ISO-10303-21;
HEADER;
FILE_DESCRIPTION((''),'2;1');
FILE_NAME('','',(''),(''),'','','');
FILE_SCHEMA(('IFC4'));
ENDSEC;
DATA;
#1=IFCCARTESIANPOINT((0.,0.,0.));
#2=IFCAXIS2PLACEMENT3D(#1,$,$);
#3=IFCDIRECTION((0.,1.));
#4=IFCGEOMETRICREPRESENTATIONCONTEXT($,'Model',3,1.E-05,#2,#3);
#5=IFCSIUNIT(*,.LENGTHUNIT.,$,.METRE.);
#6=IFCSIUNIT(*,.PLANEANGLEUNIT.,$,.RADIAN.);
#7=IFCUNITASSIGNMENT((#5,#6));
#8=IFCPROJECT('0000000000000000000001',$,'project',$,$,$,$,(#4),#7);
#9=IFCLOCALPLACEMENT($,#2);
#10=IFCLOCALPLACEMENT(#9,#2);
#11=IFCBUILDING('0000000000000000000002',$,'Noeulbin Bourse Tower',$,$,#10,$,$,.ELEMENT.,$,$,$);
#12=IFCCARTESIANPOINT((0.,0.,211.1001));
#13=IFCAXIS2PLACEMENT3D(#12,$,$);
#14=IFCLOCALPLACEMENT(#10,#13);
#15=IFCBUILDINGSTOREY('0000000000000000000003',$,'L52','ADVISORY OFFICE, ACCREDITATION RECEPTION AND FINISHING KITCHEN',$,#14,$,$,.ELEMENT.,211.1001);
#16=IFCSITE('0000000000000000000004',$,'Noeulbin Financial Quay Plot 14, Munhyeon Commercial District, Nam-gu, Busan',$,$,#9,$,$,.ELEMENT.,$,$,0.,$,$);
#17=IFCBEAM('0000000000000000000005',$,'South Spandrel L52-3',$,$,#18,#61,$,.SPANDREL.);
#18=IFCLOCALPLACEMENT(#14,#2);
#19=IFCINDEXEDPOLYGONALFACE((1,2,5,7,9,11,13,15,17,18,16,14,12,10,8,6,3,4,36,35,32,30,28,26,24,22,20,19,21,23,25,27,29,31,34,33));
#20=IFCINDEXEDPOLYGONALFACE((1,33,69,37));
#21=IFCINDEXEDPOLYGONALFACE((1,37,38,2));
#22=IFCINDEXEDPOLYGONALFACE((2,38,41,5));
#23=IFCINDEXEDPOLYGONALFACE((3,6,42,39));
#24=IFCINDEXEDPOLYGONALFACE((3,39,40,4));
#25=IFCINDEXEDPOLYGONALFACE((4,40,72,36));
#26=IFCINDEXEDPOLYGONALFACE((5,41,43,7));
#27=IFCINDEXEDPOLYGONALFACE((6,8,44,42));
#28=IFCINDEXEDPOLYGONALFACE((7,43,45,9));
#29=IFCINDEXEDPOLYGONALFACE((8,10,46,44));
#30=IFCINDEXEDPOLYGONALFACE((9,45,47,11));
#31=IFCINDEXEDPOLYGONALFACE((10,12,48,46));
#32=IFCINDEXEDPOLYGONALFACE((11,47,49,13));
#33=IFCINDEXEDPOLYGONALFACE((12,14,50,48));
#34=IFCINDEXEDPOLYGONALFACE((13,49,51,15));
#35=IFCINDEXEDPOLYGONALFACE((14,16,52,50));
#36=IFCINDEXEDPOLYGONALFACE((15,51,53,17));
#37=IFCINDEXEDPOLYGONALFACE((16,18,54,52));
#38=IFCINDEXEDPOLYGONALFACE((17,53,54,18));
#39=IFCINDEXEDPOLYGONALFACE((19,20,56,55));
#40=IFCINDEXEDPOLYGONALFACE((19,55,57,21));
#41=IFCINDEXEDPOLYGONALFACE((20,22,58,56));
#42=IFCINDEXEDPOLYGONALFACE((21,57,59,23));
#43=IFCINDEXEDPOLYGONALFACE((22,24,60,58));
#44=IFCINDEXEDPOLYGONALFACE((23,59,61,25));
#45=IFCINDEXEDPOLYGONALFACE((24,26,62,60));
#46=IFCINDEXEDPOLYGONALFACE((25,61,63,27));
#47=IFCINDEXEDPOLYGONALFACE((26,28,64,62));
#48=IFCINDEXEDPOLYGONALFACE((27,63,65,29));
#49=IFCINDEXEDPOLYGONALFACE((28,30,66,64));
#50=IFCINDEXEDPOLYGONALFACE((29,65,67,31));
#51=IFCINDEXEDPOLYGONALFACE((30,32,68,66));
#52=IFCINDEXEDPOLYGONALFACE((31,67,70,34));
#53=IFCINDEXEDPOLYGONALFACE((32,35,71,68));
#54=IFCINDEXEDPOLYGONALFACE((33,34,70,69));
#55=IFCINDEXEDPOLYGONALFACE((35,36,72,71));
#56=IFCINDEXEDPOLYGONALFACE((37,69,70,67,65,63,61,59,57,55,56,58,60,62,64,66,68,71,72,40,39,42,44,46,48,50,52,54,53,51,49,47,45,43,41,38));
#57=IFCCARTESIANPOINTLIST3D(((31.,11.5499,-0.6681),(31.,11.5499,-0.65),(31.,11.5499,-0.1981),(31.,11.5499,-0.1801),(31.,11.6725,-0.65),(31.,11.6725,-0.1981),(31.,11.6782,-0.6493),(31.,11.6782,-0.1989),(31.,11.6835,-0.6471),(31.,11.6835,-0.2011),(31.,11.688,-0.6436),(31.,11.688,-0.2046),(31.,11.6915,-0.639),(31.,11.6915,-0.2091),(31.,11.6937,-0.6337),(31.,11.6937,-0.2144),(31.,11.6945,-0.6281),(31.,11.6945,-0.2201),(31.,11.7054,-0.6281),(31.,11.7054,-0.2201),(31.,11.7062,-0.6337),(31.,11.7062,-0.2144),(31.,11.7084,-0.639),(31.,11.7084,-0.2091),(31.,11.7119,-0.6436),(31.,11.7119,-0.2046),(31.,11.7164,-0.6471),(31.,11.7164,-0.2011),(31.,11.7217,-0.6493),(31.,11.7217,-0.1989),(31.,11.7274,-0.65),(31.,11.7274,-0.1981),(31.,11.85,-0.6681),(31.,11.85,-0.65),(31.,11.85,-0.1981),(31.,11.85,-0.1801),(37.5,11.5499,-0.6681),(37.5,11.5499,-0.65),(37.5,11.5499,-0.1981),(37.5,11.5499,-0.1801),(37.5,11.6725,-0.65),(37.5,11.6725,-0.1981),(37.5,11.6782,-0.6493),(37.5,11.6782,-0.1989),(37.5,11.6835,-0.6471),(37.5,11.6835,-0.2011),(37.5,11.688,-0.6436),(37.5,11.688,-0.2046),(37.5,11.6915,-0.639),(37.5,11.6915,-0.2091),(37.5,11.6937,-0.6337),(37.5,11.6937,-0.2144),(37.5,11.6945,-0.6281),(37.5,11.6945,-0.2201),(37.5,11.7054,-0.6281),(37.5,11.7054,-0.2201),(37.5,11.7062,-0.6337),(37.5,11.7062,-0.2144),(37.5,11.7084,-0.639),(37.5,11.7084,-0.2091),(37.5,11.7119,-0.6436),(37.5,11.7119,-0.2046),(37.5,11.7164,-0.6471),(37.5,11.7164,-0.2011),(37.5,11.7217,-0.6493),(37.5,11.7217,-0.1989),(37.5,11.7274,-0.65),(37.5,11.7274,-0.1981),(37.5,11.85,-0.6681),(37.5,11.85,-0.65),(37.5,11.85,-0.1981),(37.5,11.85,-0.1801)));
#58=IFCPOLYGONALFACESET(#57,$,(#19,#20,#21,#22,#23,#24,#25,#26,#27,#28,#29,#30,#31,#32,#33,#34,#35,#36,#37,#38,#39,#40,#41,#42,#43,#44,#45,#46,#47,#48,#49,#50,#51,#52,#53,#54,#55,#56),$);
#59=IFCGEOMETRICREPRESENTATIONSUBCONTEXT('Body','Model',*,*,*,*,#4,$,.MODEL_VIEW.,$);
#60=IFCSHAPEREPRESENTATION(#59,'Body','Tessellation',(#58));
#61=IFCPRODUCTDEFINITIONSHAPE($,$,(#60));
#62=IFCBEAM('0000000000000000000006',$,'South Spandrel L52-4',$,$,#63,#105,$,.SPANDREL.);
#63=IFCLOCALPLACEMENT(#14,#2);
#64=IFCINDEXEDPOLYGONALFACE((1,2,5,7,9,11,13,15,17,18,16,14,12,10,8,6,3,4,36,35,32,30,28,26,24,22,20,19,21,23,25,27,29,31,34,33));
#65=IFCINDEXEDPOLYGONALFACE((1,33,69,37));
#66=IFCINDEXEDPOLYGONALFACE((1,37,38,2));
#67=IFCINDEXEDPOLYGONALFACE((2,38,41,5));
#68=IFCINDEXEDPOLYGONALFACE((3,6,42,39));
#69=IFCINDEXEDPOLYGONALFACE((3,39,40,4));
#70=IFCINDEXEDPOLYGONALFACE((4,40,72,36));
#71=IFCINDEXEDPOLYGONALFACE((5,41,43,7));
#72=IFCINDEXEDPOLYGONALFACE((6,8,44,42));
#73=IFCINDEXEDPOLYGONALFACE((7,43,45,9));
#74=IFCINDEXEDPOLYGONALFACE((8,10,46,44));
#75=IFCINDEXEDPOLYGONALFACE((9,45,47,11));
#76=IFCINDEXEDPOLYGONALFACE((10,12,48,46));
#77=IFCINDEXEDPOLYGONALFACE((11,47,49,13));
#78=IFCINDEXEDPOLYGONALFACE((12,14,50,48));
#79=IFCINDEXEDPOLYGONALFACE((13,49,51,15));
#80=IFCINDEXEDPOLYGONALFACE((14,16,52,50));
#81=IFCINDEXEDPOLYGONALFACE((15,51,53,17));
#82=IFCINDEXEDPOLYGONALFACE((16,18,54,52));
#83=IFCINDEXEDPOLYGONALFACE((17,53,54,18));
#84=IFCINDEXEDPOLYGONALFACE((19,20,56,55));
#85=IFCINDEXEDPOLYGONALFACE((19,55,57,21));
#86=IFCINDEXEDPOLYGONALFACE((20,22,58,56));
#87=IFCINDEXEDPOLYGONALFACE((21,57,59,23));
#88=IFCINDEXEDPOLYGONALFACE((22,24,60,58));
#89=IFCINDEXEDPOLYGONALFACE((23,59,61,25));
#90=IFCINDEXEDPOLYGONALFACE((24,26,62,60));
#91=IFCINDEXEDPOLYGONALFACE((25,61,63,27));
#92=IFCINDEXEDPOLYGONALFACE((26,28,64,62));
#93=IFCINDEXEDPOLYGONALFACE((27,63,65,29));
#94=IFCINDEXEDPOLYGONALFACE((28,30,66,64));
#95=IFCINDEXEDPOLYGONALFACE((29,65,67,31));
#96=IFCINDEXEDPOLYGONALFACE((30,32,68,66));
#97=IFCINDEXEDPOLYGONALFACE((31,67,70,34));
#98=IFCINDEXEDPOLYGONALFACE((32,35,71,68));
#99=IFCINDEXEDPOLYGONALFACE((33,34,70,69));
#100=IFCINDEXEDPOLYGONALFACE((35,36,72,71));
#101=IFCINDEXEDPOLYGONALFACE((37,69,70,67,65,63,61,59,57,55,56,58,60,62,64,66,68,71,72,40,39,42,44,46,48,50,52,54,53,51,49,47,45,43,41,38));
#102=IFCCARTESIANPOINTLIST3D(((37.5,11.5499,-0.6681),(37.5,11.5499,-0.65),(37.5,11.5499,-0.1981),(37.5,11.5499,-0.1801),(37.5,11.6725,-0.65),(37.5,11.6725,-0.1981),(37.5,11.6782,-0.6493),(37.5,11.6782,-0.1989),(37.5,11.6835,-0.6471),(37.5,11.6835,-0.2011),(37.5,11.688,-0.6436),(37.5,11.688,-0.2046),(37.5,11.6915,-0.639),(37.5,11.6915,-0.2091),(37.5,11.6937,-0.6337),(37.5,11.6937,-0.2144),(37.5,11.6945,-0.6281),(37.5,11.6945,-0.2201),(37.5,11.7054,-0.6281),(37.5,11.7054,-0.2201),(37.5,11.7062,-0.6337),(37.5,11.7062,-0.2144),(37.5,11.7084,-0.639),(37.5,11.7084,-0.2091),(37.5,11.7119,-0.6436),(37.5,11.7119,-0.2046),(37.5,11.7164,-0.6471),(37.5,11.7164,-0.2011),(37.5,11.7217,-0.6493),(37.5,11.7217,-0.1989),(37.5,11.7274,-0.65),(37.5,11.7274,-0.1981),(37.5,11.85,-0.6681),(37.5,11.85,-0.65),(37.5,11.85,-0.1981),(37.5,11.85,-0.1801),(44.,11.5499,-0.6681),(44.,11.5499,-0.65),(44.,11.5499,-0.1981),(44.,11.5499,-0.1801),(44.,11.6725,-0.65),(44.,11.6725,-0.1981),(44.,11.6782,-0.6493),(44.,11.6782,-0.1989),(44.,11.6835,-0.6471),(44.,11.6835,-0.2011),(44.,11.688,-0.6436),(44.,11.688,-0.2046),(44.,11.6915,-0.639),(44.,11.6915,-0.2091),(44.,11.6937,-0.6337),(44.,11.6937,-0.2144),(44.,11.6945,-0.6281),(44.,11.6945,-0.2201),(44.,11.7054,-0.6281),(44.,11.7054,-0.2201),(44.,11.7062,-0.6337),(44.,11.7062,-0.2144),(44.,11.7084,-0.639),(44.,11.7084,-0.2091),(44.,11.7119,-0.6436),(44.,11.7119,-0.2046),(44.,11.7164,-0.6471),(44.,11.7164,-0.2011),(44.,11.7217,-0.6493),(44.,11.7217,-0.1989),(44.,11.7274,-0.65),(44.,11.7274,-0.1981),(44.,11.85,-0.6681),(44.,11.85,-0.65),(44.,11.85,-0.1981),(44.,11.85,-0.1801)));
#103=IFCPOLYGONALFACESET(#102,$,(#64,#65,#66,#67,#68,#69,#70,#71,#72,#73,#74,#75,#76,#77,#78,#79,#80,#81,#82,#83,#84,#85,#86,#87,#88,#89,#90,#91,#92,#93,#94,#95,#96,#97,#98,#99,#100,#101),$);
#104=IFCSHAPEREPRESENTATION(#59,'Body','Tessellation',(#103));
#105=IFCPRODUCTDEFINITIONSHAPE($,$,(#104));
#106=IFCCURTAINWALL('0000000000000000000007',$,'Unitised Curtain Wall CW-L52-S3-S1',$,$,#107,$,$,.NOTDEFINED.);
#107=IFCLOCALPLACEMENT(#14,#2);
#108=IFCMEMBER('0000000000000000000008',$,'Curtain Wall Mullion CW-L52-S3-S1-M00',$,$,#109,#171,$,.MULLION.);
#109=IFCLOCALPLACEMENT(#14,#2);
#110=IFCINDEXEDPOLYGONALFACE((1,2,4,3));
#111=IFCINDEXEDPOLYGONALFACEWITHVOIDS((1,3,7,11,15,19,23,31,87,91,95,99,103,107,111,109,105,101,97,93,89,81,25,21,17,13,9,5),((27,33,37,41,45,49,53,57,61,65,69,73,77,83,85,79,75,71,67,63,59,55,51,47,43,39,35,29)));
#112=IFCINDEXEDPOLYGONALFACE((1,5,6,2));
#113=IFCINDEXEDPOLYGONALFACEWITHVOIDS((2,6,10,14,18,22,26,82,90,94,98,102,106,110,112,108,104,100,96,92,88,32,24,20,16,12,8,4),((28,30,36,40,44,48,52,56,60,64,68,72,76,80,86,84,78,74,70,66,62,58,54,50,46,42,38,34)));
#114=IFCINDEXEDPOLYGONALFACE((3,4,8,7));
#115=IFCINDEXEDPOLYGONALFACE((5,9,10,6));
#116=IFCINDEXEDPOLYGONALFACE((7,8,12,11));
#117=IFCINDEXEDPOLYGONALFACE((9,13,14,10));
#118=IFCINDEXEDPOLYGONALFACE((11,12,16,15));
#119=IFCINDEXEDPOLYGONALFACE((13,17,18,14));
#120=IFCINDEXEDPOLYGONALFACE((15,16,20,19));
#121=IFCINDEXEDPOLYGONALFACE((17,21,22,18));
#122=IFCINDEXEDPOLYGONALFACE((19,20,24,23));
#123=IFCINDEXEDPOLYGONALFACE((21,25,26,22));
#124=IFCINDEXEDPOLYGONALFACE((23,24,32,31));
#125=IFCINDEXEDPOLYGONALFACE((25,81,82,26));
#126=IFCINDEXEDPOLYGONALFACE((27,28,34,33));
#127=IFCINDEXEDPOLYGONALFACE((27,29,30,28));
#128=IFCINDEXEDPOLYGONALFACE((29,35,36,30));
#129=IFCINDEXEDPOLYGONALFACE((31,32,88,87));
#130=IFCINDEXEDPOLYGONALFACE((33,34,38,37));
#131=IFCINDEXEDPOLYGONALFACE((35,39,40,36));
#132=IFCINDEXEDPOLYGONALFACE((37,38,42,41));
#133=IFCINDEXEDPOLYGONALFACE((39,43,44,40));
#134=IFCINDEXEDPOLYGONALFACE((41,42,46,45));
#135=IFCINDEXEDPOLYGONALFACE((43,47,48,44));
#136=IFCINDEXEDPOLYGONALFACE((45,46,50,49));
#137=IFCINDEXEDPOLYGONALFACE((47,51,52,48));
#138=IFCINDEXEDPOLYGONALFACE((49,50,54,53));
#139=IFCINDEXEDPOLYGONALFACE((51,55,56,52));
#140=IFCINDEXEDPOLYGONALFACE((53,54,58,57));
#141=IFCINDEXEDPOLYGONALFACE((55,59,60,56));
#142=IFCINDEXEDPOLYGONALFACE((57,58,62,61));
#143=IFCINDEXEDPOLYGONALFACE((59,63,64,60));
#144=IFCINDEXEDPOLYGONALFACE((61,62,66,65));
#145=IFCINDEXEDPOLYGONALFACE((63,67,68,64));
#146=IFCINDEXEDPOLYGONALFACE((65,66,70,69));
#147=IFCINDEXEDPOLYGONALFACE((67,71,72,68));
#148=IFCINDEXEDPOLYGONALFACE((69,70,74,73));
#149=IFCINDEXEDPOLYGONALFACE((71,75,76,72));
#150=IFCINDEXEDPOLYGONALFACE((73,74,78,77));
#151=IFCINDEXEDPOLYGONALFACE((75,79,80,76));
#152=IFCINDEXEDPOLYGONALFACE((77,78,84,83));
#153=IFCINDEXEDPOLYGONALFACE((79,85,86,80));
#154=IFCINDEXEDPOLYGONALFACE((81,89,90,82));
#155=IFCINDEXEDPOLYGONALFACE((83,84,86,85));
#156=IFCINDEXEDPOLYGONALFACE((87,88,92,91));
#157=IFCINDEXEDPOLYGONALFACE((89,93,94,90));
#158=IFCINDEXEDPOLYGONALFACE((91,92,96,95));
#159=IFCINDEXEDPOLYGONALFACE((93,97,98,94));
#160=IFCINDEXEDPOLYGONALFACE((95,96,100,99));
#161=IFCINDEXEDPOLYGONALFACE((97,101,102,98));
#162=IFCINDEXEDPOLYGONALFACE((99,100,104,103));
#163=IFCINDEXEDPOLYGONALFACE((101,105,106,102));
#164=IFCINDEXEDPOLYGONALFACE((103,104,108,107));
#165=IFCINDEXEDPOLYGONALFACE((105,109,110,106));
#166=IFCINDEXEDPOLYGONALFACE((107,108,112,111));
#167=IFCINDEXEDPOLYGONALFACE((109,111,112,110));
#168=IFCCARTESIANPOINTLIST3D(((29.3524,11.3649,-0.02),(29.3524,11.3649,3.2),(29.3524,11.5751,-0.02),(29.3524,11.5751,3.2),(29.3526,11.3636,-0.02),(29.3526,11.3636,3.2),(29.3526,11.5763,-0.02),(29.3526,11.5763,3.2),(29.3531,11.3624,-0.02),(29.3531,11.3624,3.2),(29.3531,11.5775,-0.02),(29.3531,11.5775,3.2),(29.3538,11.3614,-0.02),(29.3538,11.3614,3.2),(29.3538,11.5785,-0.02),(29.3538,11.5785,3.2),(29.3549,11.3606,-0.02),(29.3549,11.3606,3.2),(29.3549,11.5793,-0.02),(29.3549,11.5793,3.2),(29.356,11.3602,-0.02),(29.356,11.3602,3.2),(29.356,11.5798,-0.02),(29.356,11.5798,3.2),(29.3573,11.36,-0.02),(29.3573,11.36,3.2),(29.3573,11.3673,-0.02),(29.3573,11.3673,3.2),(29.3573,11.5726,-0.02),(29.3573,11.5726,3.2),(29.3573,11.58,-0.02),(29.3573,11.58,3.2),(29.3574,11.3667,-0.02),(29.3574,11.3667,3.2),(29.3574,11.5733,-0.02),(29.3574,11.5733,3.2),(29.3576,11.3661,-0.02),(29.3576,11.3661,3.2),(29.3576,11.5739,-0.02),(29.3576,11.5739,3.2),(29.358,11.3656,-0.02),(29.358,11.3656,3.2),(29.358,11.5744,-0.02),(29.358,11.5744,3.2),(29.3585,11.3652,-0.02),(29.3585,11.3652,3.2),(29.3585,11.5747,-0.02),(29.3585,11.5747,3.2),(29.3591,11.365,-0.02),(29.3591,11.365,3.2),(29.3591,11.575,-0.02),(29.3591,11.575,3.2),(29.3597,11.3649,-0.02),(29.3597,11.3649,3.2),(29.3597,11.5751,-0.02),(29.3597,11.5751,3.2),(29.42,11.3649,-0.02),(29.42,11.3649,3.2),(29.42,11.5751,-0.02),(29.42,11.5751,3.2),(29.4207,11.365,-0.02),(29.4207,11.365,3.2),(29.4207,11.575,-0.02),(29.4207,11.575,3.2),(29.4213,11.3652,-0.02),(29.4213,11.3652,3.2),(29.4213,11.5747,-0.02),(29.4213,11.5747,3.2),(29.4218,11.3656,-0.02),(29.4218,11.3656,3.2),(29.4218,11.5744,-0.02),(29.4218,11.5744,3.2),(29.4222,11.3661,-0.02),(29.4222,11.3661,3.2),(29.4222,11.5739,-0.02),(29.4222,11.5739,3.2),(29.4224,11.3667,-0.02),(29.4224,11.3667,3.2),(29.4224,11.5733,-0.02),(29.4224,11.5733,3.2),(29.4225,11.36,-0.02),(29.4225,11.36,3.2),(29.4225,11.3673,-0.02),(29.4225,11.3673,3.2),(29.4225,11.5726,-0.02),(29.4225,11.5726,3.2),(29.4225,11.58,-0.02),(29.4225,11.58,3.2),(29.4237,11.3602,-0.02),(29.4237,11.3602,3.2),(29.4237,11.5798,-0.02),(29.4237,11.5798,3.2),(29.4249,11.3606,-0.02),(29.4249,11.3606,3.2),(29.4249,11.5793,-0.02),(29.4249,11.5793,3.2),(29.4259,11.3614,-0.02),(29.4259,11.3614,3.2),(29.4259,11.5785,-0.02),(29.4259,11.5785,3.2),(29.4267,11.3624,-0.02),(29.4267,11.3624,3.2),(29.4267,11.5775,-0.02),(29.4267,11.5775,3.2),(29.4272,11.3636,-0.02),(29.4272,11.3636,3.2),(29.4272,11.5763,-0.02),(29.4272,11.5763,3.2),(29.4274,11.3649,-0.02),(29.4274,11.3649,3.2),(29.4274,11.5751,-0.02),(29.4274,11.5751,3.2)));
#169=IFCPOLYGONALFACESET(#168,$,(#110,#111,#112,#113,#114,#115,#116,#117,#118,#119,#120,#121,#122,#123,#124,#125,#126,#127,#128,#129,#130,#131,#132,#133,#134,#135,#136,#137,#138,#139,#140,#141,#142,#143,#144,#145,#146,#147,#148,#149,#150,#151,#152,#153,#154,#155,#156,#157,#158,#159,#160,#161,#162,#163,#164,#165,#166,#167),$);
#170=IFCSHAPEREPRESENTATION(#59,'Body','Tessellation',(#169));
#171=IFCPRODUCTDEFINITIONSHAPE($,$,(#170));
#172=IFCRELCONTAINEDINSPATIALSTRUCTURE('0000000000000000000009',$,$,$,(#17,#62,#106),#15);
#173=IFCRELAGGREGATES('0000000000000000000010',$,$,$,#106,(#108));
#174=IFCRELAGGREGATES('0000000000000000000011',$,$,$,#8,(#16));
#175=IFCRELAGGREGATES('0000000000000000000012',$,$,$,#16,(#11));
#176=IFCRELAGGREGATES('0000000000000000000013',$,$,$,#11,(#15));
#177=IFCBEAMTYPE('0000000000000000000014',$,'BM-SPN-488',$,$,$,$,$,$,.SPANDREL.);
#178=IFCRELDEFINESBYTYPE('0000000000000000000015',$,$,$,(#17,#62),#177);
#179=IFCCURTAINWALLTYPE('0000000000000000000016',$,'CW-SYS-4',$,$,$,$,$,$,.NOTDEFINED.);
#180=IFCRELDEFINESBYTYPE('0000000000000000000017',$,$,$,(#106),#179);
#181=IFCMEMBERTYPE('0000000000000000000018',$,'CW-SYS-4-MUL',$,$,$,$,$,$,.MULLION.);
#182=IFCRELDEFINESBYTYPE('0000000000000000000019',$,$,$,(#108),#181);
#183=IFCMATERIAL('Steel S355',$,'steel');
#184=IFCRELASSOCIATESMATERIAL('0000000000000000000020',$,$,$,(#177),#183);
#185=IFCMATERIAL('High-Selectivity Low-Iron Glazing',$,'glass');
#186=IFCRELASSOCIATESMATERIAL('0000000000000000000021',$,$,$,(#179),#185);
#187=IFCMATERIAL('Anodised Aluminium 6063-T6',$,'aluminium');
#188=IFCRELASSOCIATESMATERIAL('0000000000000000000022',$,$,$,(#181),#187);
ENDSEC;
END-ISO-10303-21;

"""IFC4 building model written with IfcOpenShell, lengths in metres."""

from ifc_helpers import new_model, si_unit, direction, frame, origin, origin_2d, place, context, subcontext, project, spatial, hollow_rectangle, i_section, extrude, material, material_profile, profile_set, type_object, element, aggregate, save


model = new_model("IFC4")

# Units and contexts
model_context = context("Model", 3, precision=1e-05, world=origin(), true_north=direction((0.0, 1.0)))
body_context = subcontext(model_context, "Body", "Model", "MODEL_VIEW")
ifc_project = project(units=[si_unit("LENGTHUNIT", "METRE"), si_unit("PLANEANGLEUNIT", "RADIAN")], contexts=[model_context])

# Site, building, storey
site_placement = place(None, origin())
site = spatial("IfcSite", under=ifc_project, at=site_placement, Name="Noeulbin Financial Quay Plot 14, Munhyeon Commercial District, Nam-gu, Busan", CompositionType="ELEMENT", RefElevation=0.0)
building_placement = place(site_placement, origin())
building = spatial("IfcBuilding", under=site, at=building_placement, Name="Noeulbin Bourse Tower", CompositionType="ELEMENT")
storey_placement = place(building_placement, frame((0.0, 0.0, 211.1001)))
storey = spatial("IfcBuildingStorey", under=building, at=storey_placement, Name="L52", Description="ADVISORY OFFICE, ACCREDITATION RECEPTION AND FINISHING KITCHEN", CompositionType="ELEMENT", Elevation=211.1001)

# Shared definitions
ifc_material_1 = material(Name="Steel S355", Category="steel")

# Beams
ifc_material_profile_1 = material_profile(ifc_material_1, i_section(OverallWidth=0.3, OverallDepth=0.488, WebThickness=0.011, FlangeThickness=0.0181, FilletRadius=0.022, at=origin_2d()), Name="H-488x300x11x18", Category="LoadBearing")
ifc_profile_set_1 = profile_set([ifc_material_profile_1], Name="Steel S355")
beam_type_1 = type_object("IfcBeamType", Name="BM-SPN-488", PredefinedType="SPANDREL", material=ifc_profile_set_1)
for number, where, z_axis, x_axis, name in (
    (1, (31.0, 11.7, -0.4241), (1.0, 0.0, 0.0), (0.0, 1.0, 0.0), "South Spandrel L52-3"),
    (2, (37.5, 11.7, -0.4241), (1.0, 0.0, 0.0), (0.0, 1.0, 0.0), "South Spandrel L52-4"),
):
    element("IfcBeam", number, at=place(storey_placement, frame(where, z_axis=z_axis, x_axis=x_axis)), inside=storey, type_object=beam_type_1, Name=name, PredefinedType="SPANDREL", context=body_context, shape_type="SweptSolid", body=[
        extrude(i_section(OverallWidth=0.3, OverallDepth=0.488, WebThickness=0.011, FlangeThickness=0.0181, FilletRadius=0.022, at=origin_2d()), origin(), (0.0, 0.0, 1.0), 6.5),
    ])

# Curtain wall, member
ifc_material_2 = material(Name="High-Selectivity Low-Iron Glazing", Category="glass")
curtain_wall_type = type_object("IfcCurtainWallType", Name="CW-SYS-4", PredefinedType="NOTDEFINED", material=ifc_material_2)
curtain_wall_1_placement = place(storey_placement, origin())
curtain_wall_1 = element("IfcCurtainWall", 3, at=curtain_wall_1_placement, inside=storey, type_object=curtain_wall_type, Name="Unitised Curtain Wall CW-L52-S3-S1", PredefinedType="NOTDEFINED")
ifc_material_3 = material(Name="Anodised Aluminium 6063-T6", Category="aluminium")
ifc_material_profile_2 = material_profile(ifc_material_3, hollow_rectangle(XDim=0.075, YDim=0.22, WallThickness=0.0049, InnerFilletRadius=0.0024, OuterFilletRadius=0.0049, at=origin_2d()), Name="ALU-MULL-75x220x5", Category="LoadBearing")
ifc_profile_set_2 = profile_set([ifc_material_profile_2], Name="Anodised Aluminium 6063-T6")
member_type_1 = type_object("IfcMemberType", Name="CW-SYS-4-MUL", PredefinedType="MULLION", material=ifc_profile_set_2)
member_1_placement = place(storey_placement, frame((29.3899, 11.47, -0.02), z_axis=(0.0, 0.0, 1.0), x_axis=(1.0, 0.0, 0.0)))
member_1 = element("IfcMember", 4, at=member_1_placement, type_object=member_type_1, Name="Curtain Wall Mullion CW-L52-S3-S1-M00", PredefinedType="MULLION", context=body_context, shape_type="SweptSolid", body=[
    extrude(hollow_rectangle(XDim=0.075, YDim=0.22, WallThickness=0.0049, InnerFilletRadius=0.0024, OuterFilletRadius=0.0049, at=origin_2d()), origin(), (0.0, 0.0, 1.0), 3.22),
])

aggregate(curtain_wall_1, [member_1])

save(model, "model.ifc")
